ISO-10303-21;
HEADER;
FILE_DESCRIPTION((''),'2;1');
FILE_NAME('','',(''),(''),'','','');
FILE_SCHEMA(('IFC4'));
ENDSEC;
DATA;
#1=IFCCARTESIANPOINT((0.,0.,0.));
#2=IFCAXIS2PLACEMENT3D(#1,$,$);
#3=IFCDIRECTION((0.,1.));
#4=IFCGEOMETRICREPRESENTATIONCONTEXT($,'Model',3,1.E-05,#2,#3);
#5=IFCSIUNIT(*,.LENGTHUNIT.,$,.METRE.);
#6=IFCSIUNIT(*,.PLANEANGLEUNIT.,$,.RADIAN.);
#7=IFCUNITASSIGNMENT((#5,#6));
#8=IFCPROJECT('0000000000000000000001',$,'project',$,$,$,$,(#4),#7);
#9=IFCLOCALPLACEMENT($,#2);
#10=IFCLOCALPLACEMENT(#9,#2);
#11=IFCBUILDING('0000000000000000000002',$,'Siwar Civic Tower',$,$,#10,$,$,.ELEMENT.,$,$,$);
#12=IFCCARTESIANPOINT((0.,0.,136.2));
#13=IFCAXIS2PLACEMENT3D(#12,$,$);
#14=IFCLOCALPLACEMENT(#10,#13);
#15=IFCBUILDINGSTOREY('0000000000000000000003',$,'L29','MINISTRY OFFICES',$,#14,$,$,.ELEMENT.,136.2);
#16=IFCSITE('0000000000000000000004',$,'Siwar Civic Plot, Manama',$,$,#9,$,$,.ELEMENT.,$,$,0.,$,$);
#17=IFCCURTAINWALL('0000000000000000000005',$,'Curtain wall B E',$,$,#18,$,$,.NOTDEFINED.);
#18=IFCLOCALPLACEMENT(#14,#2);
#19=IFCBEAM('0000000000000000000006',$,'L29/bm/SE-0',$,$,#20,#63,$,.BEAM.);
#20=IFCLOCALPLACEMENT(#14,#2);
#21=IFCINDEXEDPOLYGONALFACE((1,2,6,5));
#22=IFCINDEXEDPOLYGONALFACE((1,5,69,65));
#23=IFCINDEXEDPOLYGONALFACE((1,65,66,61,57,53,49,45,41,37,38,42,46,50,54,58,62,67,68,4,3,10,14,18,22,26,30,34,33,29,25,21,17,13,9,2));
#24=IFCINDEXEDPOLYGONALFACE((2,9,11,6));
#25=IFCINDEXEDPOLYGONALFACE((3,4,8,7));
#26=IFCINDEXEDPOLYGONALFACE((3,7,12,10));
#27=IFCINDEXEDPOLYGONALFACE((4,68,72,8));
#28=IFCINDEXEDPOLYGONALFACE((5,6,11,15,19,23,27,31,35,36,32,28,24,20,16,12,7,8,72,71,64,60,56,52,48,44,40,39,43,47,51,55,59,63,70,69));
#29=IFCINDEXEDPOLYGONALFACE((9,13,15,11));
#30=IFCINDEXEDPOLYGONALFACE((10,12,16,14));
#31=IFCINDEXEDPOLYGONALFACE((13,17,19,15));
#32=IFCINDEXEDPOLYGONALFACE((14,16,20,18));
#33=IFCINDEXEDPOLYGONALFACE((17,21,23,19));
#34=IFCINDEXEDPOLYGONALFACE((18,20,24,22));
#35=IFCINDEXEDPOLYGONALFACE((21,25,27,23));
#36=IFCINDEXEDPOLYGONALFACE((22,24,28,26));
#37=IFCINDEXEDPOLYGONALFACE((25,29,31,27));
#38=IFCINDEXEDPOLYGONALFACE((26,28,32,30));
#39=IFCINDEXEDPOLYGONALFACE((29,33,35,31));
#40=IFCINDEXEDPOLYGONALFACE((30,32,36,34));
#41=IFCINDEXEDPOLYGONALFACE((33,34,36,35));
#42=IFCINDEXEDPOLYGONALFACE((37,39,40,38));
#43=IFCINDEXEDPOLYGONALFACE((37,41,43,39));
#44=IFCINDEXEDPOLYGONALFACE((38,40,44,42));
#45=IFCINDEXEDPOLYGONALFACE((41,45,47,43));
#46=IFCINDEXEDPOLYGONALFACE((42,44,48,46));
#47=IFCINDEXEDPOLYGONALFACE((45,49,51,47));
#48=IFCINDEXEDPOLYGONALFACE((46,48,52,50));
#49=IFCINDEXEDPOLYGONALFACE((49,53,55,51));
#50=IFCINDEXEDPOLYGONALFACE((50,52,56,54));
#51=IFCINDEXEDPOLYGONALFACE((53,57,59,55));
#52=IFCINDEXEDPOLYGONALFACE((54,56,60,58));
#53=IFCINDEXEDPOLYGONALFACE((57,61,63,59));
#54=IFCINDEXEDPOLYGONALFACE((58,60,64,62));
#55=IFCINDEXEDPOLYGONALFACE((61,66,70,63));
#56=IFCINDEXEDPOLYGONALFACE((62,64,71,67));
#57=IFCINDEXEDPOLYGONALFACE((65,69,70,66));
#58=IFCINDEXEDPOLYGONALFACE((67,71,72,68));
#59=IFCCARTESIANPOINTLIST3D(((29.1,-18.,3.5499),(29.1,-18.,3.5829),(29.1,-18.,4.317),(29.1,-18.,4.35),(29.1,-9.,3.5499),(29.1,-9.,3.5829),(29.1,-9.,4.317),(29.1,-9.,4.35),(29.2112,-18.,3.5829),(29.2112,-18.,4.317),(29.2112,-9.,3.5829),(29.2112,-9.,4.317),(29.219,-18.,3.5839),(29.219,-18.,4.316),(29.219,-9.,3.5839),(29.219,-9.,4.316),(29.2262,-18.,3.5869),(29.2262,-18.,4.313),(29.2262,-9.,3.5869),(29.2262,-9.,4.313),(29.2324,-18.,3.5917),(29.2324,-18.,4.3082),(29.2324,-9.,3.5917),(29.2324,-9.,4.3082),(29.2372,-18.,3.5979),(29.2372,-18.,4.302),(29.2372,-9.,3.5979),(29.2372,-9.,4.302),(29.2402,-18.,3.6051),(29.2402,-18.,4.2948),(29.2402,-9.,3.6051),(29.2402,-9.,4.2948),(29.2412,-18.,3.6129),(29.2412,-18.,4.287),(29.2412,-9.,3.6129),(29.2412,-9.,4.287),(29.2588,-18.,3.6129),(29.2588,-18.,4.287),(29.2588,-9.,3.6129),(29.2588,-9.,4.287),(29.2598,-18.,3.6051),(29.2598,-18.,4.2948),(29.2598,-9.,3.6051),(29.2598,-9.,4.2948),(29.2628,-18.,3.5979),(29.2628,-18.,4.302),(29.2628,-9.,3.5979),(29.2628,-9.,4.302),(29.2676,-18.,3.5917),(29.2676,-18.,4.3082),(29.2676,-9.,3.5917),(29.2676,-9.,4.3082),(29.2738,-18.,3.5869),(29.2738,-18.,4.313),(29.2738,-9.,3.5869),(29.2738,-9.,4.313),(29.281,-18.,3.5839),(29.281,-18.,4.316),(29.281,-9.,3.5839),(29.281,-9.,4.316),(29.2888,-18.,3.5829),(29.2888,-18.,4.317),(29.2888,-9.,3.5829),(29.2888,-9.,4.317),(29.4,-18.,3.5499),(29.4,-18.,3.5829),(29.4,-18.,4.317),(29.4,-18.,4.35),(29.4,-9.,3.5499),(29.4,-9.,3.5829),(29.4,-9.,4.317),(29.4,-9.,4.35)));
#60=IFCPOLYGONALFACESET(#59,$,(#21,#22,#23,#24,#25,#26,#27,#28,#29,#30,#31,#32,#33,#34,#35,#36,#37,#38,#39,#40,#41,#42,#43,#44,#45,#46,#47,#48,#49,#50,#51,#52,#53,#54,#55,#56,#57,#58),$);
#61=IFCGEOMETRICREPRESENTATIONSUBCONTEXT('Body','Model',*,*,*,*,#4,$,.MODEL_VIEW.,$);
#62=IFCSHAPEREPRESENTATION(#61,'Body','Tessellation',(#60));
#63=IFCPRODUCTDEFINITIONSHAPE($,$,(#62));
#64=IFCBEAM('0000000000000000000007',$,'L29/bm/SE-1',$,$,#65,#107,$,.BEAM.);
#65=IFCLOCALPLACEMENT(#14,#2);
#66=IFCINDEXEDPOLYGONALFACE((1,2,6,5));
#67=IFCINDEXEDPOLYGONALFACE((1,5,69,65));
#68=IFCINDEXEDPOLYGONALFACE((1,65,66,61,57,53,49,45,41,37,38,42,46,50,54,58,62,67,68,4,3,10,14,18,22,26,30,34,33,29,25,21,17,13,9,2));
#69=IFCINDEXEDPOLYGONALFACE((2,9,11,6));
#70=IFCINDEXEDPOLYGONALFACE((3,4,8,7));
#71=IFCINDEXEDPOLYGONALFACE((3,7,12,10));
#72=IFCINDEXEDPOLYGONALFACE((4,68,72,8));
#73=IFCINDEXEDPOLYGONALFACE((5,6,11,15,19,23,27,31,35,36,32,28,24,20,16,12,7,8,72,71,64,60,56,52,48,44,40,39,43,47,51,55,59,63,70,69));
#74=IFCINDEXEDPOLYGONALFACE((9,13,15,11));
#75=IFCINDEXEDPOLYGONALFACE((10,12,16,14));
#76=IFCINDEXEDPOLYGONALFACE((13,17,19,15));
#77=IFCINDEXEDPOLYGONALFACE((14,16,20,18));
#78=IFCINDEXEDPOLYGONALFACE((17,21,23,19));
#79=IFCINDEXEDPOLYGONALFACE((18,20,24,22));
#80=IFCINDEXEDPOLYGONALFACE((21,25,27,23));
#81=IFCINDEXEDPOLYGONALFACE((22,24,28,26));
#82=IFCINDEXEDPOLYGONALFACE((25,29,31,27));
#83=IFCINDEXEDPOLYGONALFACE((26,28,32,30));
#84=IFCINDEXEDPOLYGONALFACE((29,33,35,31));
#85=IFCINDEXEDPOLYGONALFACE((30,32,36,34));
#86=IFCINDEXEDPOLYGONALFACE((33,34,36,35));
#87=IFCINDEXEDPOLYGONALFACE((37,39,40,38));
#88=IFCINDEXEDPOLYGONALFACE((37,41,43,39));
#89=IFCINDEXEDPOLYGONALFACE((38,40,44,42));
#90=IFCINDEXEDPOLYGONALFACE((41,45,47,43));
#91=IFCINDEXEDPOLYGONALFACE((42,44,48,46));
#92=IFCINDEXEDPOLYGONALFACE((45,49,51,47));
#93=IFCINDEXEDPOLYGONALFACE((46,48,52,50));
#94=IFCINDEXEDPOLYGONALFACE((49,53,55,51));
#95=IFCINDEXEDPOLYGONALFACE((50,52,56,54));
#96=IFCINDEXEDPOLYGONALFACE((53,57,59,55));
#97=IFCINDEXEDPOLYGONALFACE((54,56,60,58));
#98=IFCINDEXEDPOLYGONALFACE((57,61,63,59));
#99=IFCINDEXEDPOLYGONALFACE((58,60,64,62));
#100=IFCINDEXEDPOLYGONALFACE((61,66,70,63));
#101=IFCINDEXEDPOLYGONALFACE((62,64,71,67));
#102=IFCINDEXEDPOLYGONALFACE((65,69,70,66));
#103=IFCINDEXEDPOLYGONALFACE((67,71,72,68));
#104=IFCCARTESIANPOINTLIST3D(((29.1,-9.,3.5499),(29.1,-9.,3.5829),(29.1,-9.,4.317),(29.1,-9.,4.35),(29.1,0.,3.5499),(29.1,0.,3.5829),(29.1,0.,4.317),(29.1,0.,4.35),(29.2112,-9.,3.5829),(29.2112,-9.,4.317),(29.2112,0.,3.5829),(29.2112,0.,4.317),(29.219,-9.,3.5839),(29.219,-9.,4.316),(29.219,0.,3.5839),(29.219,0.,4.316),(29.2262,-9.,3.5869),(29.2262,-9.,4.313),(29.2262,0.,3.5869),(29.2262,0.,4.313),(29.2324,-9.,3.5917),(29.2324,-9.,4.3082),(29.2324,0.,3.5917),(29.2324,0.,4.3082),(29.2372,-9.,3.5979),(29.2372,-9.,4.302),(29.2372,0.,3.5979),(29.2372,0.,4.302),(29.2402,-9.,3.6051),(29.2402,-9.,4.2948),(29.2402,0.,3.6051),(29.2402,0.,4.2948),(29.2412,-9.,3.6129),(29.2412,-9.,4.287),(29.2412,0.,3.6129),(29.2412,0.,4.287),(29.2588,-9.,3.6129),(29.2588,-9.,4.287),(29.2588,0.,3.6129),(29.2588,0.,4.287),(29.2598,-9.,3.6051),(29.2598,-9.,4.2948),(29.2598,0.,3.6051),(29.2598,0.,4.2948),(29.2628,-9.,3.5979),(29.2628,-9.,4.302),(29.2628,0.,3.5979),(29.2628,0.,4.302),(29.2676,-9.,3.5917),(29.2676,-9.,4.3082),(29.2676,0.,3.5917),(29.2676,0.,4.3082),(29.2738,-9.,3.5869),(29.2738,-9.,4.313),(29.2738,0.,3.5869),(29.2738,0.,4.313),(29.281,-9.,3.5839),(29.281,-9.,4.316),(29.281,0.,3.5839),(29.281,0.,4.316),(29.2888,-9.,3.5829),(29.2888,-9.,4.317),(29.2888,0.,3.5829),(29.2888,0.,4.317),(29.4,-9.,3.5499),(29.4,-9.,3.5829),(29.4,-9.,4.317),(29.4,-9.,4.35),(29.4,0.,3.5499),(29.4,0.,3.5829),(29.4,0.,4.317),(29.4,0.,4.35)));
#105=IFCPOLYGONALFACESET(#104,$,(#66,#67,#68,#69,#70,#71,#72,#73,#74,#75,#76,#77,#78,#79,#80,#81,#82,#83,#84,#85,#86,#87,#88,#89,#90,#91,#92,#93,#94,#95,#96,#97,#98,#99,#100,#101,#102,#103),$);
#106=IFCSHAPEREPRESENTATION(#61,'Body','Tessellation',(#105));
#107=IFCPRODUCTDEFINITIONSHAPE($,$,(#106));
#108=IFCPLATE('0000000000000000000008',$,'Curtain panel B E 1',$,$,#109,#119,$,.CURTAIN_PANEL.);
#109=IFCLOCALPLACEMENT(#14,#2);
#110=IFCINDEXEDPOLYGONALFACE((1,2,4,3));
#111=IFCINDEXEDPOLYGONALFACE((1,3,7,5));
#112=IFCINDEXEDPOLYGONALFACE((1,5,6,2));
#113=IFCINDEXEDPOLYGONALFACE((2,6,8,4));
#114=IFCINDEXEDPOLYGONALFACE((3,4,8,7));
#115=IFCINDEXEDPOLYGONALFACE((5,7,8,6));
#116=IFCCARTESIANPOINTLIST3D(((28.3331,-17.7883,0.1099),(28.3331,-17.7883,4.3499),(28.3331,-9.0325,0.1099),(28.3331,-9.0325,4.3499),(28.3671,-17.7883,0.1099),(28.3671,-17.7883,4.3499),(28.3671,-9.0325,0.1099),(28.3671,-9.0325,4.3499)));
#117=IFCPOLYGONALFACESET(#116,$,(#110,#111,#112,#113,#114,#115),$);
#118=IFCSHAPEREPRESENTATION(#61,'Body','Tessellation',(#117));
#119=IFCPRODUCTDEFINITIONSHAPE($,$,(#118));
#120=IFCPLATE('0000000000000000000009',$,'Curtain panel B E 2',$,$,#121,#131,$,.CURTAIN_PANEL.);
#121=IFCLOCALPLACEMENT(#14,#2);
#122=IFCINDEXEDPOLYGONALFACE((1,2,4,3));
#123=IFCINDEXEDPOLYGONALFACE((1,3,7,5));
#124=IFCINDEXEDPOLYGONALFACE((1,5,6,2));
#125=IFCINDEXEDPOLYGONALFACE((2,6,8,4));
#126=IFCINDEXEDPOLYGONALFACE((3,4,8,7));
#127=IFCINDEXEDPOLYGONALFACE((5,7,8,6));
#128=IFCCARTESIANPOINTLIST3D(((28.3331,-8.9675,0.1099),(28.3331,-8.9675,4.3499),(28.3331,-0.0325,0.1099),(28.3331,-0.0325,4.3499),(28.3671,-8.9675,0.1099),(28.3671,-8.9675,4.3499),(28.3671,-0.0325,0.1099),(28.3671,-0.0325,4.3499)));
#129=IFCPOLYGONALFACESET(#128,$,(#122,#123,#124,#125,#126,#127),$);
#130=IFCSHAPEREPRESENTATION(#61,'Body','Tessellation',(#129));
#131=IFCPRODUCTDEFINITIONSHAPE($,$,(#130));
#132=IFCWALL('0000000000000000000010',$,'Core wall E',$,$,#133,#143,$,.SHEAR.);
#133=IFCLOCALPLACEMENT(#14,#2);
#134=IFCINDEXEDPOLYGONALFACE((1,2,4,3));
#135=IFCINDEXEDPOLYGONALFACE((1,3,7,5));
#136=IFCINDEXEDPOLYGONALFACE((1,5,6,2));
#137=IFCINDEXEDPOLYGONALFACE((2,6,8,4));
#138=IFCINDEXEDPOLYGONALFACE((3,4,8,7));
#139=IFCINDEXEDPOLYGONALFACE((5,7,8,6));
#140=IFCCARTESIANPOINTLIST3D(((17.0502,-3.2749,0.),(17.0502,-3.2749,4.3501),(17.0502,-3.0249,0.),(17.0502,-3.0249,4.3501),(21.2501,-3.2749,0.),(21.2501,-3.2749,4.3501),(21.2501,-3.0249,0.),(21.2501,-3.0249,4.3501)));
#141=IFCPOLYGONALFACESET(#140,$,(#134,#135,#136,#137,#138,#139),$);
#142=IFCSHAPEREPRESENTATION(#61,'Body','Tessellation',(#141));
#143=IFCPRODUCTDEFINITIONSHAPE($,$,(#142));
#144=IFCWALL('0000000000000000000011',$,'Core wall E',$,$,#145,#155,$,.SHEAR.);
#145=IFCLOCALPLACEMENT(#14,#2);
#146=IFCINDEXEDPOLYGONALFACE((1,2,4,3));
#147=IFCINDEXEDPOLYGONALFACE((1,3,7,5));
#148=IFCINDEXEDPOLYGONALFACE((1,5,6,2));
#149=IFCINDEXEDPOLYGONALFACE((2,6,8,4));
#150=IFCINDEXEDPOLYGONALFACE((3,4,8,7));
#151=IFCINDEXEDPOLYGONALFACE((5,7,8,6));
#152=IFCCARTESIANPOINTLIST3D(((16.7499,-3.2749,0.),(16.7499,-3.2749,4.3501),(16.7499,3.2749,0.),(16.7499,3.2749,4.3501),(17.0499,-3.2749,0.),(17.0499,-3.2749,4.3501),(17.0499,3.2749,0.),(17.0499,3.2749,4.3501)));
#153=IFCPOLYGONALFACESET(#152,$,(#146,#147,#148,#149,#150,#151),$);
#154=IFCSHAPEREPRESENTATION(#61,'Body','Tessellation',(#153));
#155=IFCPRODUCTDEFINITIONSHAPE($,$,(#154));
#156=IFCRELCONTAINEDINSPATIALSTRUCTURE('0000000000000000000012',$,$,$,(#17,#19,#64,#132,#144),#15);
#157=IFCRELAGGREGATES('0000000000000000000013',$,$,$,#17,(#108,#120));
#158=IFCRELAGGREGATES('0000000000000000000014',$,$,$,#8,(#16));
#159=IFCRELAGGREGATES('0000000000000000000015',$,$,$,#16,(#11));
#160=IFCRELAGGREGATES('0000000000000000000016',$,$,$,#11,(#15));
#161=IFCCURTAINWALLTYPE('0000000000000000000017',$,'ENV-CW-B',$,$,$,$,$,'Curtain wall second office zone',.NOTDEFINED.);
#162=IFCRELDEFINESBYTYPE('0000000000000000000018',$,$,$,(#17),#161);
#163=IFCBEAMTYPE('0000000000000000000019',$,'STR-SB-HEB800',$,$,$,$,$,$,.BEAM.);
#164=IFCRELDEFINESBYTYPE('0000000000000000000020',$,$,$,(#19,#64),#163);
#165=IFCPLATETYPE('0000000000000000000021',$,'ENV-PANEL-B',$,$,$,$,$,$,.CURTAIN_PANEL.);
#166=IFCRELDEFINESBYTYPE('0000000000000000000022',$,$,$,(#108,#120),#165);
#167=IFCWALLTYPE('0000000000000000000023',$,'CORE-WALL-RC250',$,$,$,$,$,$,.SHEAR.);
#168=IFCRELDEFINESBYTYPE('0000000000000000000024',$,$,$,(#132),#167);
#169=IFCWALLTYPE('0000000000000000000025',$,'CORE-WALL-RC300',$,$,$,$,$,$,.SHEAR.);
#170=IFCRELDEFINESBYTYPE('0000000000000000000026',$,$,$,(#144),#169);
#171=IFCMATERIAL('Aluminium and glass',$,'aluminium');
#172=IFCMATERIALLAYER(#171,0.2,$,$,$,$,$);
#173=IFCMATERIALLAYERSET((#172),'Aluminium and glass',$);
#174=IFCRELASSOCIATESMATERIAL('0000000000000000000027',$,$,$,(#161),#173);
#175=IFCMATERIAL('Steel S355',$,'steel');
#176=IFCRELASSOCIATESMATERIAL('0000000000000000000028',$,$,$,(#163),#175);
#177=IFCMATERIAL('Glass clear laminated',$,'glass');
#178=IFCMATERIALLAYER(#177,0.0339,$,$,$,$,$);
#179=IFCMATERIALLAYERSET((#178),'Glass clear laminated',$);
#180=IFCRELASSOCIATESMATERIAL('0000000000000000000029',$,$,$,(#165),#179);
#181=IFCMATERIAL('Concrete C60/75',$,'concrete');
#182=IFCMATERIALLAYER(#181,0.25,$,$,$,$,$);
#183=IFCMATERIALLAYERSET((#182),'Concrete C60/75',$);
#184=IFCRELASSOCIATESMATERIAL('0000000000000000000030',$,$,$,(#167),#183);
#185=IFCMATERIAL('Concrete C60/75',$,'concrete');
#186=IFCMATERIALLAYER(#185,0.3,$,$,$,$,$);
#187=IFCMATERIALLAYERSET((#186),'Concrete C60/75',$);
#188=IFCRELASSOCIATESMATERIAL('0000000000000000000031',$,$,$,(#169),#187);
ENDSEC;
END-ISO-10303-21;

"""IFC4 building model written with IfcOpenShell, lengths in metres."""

from ifc_helpers import new_model, si_unit, direction, frame, frame_2d, origin, origin_2d, place, context, subcontext, project, spatial, rectangle, i_section, extrude, material, layer, layer_set, material_profile, profile_set, type_object, element, aggregate, save


model = new_model("IFC4")

# Units and contexts
model_context = context("Model", 3, precision=1e-05, world=origin(), true_north=direction((0.0, 1.0)))
body_context = subcontext(model_context, "Body", "Model", "MODEL_VIEW")
ifc_project = project(units=[si_unit("LENGTHUNIT", "METRE"), si_unit("PLANEANGLEUNIT", "RADIAN")], contexts=[model_context])

# Site, building, storey
site_placement = place(None, origin())
site = spatial("IfcSite", under=ifc_project, at=site_placement, Name="Siwar Civic Plot, Manama", CompositionType="ELEMENT", RefElevation=0.0)
building_placement = place(site_placement, origin())
building = spatial("IfcBuilding", under=site, at=building_placement, Name="Siwar Civic Tower", CompositionType="ELEMENT")
storey_placement = place(building_placement, frame((0.0, 0.0, 136.2)))
storey = spatial("IfcBuildingStorey", under=building, at=storey_placement, Name="L29", Description="MINISTRY OFFICES", CompositionType="ELEMENT", Elevation=136.2)

# Curtain wall
ifc_material_1 = material(Name="Aluminium and glass", Category="aluminium")
ifc_layer_1 = layer(ifc_material_1, 0.2)
ifc_layer_set_1 = layer_set([ifc_layer_1], Name="Aluminium and glass")
curtain_wall_type = type_object("IfcCurtainWallType", Name="ENV-CW-B", ElementType="Curtain wall second office zone", PredefinedType="NOTDEFINED", material=ifc_layer_set_1)
curtain_wall_placement = place(storey_placement, origin())
curtain_wall = element("IfcCurtainWall", 1, at=curtain_wall_placement, inside=storey, type_object=curtain_wall_type, Name="Curtain wall B E", PredefinedType="NOTDEFINED")

# Beams
ifc_material_2 = material(Name="Steel S355", Category="steel")
ifc_material_profile_1 = material_profile(ifc_material_2, i_section(OverallWidth=0.3, OverallDepth=0.8, WebThickness=0.0176, FlangeThickness=0.033, FilletRadius=0.03, at=origin_2d()), Name="HEB800")
ifc_profile_set_1 = profile_set([ifc_material_profile_1], Name="Steel S355")
beam_type_1 = type_object("IfcBeamType", Name="STR-SB-HEB800", PredefinedType="BEAM", material=ifc_profile_set_1)
for number, where, z_axis, x_axis, name in (
    (2, (29.25, -18.0, 3.95), (0.0, 1.0, 0.0), (-1.0, 0.0, 0.0), "L29/bm/SE-0"),
    (3, (29.25, -9.0, 3.95), (0.0, 1.0, 0.0), (-1.0, 0.0, 0.0), "L29/bm/SE-1"),
):
    element("IfcBeam", number, at=place(storey_placement, frame(where, z_axis=z_axis, x_axis=x_axis)), inside=storey, type_object=beam_type_1, Name=name, PredefinedType="BEAM", context=body_context, shape_type="SweptSolid", body=[
        extrude(i_section(OverallWidth=0.3, OverallDepth=0.8, WebThickness=0.0176, FlangeThickness=0.033, FilletRadius=0.03, at=origin_2d()), origin(), (0.0, 0.0, 1.0), 9.0),
    ])

# Plates
ifc_material_3 = material(Name="Glass clear laminated", Category="glass")
ifc_layer_2 = layer(ifc_material_3, 0.0339)
ifc_layer_set_2 = layer_set([ifc_layer_2], Name="Glass clear laminated")
plate_type = type_object("IfcPlateType", Name="ENV-PANEL-B", PredefinedType="CURTAIN_PANEL", material=ifc_layer_set_2)
plate_1_placement = place(storey_placement, frame((28.3501, -13.4104, 0.1099), z_axis=(0.0, 0.0, 1.0), x_axis=(0.0, 1.0, 0.0)))
plate_1 = element("IfcPlate", 4, at=plate_1_placement, type_object=plate_type, Name="Curtain panel B E 1", PredefinedType="CURTAIN_PANEL", context=body_context, shape_type="SweptSolid", body=[
    extrude(rectangle(XDim=8.7559, YDim=0.0339, at=origin_2d()), origin(), (0.0, 0.0, 1.0), 4.24),
])
plate_2_placement = place(storey_placement, frame((28.3501, -4.5, 0.1099), z_axis=(0.0, 0.0, 1.0), x_axis=(0.0, 1.0, 0.0)))
plate_2 = element("IfcPlate", 5, at=plate_2_placement, type_object=plate_type, Name="Curtain panel B E 2", PredefinedType="CURTAIN_PANEL", context=body_context, shape_type="SweptSolid", body=[
    extrude(rectangle(XDim=8.9351, YDim=0.0339, at=origin_2d()), origin(), (0.0, 0.0, 1.0), 4.24),
])
aggregate(curtain_wall, [plate_1, plate_2])

# Walls
ifc_material_4 = material(Name="Concrete C60/75", Category="concrete")
ifc_layer_3 = layer(ifc_material_4, 0.25)
ifc_layer_set_3 = layer_set([ifc_layer_3], Name="Concrete C60/75")
wall_type_1 = type_object("IfcWallType", Name="CORE-WALL-RC250", PredefinedType="SHEAR", material=ifc_layer_set_3)
wall_1_placement = place(storey_placement, frame((17.05, -3.1499, 0.0), z_axis=(0.0, 0.0, 1.0), x_axis=(1.0, 0.0, 0.0)))
element("IfcWall", 6, at=wall_1_placement, inside=storey, type_object=wall_type_1, Name="Core wall E", PredefinedType="SHEAR", context=body_context, shape_type="SweptSolid", body=[
    extrude(rectangle(XDim=4.2, YDim=0.25, at=frame_2d((2.1001, 0.0))), origin(), (0.0, 0.0, 1.0), 4.3501),
])
ifc_material_5 = material(Name="Concrete C60/75", Category="concrete")
ifc_layer_4 = layer(ifc_material_5, 0.3)
ifc_layer_set_4 = layer_set([ifc_layer_4], Name="Concrete C60/75")
wall_type_2 = type_object("IfcWallType", Name="CORE-WALL-RC300", PredefinedType="SHEAR", material=ifc_layer_set_4)
wall_2_placement = place(storey_placement, frame((16.8999, -3.2749, 0.0), z_axis=(0.0, 0.0, 1.0), x_axis=(0.0, 1.0, 0.0)))
element("IfcWall", 7, at=wall_2_placement, inside=storey, type_object=wall_type_2, Name="Core wall E", PredefinedType="SHEAR", context=body_context, shape_type="SweptSolid", body=[
    extrude(rectangle(XDim=6.5498, YDim=0.3, at=frame_2d((3.2749, 0.0))), origin(), (0.0, 0.0, 1.0), 4.3501),
])

save(model, "model.ifc")
